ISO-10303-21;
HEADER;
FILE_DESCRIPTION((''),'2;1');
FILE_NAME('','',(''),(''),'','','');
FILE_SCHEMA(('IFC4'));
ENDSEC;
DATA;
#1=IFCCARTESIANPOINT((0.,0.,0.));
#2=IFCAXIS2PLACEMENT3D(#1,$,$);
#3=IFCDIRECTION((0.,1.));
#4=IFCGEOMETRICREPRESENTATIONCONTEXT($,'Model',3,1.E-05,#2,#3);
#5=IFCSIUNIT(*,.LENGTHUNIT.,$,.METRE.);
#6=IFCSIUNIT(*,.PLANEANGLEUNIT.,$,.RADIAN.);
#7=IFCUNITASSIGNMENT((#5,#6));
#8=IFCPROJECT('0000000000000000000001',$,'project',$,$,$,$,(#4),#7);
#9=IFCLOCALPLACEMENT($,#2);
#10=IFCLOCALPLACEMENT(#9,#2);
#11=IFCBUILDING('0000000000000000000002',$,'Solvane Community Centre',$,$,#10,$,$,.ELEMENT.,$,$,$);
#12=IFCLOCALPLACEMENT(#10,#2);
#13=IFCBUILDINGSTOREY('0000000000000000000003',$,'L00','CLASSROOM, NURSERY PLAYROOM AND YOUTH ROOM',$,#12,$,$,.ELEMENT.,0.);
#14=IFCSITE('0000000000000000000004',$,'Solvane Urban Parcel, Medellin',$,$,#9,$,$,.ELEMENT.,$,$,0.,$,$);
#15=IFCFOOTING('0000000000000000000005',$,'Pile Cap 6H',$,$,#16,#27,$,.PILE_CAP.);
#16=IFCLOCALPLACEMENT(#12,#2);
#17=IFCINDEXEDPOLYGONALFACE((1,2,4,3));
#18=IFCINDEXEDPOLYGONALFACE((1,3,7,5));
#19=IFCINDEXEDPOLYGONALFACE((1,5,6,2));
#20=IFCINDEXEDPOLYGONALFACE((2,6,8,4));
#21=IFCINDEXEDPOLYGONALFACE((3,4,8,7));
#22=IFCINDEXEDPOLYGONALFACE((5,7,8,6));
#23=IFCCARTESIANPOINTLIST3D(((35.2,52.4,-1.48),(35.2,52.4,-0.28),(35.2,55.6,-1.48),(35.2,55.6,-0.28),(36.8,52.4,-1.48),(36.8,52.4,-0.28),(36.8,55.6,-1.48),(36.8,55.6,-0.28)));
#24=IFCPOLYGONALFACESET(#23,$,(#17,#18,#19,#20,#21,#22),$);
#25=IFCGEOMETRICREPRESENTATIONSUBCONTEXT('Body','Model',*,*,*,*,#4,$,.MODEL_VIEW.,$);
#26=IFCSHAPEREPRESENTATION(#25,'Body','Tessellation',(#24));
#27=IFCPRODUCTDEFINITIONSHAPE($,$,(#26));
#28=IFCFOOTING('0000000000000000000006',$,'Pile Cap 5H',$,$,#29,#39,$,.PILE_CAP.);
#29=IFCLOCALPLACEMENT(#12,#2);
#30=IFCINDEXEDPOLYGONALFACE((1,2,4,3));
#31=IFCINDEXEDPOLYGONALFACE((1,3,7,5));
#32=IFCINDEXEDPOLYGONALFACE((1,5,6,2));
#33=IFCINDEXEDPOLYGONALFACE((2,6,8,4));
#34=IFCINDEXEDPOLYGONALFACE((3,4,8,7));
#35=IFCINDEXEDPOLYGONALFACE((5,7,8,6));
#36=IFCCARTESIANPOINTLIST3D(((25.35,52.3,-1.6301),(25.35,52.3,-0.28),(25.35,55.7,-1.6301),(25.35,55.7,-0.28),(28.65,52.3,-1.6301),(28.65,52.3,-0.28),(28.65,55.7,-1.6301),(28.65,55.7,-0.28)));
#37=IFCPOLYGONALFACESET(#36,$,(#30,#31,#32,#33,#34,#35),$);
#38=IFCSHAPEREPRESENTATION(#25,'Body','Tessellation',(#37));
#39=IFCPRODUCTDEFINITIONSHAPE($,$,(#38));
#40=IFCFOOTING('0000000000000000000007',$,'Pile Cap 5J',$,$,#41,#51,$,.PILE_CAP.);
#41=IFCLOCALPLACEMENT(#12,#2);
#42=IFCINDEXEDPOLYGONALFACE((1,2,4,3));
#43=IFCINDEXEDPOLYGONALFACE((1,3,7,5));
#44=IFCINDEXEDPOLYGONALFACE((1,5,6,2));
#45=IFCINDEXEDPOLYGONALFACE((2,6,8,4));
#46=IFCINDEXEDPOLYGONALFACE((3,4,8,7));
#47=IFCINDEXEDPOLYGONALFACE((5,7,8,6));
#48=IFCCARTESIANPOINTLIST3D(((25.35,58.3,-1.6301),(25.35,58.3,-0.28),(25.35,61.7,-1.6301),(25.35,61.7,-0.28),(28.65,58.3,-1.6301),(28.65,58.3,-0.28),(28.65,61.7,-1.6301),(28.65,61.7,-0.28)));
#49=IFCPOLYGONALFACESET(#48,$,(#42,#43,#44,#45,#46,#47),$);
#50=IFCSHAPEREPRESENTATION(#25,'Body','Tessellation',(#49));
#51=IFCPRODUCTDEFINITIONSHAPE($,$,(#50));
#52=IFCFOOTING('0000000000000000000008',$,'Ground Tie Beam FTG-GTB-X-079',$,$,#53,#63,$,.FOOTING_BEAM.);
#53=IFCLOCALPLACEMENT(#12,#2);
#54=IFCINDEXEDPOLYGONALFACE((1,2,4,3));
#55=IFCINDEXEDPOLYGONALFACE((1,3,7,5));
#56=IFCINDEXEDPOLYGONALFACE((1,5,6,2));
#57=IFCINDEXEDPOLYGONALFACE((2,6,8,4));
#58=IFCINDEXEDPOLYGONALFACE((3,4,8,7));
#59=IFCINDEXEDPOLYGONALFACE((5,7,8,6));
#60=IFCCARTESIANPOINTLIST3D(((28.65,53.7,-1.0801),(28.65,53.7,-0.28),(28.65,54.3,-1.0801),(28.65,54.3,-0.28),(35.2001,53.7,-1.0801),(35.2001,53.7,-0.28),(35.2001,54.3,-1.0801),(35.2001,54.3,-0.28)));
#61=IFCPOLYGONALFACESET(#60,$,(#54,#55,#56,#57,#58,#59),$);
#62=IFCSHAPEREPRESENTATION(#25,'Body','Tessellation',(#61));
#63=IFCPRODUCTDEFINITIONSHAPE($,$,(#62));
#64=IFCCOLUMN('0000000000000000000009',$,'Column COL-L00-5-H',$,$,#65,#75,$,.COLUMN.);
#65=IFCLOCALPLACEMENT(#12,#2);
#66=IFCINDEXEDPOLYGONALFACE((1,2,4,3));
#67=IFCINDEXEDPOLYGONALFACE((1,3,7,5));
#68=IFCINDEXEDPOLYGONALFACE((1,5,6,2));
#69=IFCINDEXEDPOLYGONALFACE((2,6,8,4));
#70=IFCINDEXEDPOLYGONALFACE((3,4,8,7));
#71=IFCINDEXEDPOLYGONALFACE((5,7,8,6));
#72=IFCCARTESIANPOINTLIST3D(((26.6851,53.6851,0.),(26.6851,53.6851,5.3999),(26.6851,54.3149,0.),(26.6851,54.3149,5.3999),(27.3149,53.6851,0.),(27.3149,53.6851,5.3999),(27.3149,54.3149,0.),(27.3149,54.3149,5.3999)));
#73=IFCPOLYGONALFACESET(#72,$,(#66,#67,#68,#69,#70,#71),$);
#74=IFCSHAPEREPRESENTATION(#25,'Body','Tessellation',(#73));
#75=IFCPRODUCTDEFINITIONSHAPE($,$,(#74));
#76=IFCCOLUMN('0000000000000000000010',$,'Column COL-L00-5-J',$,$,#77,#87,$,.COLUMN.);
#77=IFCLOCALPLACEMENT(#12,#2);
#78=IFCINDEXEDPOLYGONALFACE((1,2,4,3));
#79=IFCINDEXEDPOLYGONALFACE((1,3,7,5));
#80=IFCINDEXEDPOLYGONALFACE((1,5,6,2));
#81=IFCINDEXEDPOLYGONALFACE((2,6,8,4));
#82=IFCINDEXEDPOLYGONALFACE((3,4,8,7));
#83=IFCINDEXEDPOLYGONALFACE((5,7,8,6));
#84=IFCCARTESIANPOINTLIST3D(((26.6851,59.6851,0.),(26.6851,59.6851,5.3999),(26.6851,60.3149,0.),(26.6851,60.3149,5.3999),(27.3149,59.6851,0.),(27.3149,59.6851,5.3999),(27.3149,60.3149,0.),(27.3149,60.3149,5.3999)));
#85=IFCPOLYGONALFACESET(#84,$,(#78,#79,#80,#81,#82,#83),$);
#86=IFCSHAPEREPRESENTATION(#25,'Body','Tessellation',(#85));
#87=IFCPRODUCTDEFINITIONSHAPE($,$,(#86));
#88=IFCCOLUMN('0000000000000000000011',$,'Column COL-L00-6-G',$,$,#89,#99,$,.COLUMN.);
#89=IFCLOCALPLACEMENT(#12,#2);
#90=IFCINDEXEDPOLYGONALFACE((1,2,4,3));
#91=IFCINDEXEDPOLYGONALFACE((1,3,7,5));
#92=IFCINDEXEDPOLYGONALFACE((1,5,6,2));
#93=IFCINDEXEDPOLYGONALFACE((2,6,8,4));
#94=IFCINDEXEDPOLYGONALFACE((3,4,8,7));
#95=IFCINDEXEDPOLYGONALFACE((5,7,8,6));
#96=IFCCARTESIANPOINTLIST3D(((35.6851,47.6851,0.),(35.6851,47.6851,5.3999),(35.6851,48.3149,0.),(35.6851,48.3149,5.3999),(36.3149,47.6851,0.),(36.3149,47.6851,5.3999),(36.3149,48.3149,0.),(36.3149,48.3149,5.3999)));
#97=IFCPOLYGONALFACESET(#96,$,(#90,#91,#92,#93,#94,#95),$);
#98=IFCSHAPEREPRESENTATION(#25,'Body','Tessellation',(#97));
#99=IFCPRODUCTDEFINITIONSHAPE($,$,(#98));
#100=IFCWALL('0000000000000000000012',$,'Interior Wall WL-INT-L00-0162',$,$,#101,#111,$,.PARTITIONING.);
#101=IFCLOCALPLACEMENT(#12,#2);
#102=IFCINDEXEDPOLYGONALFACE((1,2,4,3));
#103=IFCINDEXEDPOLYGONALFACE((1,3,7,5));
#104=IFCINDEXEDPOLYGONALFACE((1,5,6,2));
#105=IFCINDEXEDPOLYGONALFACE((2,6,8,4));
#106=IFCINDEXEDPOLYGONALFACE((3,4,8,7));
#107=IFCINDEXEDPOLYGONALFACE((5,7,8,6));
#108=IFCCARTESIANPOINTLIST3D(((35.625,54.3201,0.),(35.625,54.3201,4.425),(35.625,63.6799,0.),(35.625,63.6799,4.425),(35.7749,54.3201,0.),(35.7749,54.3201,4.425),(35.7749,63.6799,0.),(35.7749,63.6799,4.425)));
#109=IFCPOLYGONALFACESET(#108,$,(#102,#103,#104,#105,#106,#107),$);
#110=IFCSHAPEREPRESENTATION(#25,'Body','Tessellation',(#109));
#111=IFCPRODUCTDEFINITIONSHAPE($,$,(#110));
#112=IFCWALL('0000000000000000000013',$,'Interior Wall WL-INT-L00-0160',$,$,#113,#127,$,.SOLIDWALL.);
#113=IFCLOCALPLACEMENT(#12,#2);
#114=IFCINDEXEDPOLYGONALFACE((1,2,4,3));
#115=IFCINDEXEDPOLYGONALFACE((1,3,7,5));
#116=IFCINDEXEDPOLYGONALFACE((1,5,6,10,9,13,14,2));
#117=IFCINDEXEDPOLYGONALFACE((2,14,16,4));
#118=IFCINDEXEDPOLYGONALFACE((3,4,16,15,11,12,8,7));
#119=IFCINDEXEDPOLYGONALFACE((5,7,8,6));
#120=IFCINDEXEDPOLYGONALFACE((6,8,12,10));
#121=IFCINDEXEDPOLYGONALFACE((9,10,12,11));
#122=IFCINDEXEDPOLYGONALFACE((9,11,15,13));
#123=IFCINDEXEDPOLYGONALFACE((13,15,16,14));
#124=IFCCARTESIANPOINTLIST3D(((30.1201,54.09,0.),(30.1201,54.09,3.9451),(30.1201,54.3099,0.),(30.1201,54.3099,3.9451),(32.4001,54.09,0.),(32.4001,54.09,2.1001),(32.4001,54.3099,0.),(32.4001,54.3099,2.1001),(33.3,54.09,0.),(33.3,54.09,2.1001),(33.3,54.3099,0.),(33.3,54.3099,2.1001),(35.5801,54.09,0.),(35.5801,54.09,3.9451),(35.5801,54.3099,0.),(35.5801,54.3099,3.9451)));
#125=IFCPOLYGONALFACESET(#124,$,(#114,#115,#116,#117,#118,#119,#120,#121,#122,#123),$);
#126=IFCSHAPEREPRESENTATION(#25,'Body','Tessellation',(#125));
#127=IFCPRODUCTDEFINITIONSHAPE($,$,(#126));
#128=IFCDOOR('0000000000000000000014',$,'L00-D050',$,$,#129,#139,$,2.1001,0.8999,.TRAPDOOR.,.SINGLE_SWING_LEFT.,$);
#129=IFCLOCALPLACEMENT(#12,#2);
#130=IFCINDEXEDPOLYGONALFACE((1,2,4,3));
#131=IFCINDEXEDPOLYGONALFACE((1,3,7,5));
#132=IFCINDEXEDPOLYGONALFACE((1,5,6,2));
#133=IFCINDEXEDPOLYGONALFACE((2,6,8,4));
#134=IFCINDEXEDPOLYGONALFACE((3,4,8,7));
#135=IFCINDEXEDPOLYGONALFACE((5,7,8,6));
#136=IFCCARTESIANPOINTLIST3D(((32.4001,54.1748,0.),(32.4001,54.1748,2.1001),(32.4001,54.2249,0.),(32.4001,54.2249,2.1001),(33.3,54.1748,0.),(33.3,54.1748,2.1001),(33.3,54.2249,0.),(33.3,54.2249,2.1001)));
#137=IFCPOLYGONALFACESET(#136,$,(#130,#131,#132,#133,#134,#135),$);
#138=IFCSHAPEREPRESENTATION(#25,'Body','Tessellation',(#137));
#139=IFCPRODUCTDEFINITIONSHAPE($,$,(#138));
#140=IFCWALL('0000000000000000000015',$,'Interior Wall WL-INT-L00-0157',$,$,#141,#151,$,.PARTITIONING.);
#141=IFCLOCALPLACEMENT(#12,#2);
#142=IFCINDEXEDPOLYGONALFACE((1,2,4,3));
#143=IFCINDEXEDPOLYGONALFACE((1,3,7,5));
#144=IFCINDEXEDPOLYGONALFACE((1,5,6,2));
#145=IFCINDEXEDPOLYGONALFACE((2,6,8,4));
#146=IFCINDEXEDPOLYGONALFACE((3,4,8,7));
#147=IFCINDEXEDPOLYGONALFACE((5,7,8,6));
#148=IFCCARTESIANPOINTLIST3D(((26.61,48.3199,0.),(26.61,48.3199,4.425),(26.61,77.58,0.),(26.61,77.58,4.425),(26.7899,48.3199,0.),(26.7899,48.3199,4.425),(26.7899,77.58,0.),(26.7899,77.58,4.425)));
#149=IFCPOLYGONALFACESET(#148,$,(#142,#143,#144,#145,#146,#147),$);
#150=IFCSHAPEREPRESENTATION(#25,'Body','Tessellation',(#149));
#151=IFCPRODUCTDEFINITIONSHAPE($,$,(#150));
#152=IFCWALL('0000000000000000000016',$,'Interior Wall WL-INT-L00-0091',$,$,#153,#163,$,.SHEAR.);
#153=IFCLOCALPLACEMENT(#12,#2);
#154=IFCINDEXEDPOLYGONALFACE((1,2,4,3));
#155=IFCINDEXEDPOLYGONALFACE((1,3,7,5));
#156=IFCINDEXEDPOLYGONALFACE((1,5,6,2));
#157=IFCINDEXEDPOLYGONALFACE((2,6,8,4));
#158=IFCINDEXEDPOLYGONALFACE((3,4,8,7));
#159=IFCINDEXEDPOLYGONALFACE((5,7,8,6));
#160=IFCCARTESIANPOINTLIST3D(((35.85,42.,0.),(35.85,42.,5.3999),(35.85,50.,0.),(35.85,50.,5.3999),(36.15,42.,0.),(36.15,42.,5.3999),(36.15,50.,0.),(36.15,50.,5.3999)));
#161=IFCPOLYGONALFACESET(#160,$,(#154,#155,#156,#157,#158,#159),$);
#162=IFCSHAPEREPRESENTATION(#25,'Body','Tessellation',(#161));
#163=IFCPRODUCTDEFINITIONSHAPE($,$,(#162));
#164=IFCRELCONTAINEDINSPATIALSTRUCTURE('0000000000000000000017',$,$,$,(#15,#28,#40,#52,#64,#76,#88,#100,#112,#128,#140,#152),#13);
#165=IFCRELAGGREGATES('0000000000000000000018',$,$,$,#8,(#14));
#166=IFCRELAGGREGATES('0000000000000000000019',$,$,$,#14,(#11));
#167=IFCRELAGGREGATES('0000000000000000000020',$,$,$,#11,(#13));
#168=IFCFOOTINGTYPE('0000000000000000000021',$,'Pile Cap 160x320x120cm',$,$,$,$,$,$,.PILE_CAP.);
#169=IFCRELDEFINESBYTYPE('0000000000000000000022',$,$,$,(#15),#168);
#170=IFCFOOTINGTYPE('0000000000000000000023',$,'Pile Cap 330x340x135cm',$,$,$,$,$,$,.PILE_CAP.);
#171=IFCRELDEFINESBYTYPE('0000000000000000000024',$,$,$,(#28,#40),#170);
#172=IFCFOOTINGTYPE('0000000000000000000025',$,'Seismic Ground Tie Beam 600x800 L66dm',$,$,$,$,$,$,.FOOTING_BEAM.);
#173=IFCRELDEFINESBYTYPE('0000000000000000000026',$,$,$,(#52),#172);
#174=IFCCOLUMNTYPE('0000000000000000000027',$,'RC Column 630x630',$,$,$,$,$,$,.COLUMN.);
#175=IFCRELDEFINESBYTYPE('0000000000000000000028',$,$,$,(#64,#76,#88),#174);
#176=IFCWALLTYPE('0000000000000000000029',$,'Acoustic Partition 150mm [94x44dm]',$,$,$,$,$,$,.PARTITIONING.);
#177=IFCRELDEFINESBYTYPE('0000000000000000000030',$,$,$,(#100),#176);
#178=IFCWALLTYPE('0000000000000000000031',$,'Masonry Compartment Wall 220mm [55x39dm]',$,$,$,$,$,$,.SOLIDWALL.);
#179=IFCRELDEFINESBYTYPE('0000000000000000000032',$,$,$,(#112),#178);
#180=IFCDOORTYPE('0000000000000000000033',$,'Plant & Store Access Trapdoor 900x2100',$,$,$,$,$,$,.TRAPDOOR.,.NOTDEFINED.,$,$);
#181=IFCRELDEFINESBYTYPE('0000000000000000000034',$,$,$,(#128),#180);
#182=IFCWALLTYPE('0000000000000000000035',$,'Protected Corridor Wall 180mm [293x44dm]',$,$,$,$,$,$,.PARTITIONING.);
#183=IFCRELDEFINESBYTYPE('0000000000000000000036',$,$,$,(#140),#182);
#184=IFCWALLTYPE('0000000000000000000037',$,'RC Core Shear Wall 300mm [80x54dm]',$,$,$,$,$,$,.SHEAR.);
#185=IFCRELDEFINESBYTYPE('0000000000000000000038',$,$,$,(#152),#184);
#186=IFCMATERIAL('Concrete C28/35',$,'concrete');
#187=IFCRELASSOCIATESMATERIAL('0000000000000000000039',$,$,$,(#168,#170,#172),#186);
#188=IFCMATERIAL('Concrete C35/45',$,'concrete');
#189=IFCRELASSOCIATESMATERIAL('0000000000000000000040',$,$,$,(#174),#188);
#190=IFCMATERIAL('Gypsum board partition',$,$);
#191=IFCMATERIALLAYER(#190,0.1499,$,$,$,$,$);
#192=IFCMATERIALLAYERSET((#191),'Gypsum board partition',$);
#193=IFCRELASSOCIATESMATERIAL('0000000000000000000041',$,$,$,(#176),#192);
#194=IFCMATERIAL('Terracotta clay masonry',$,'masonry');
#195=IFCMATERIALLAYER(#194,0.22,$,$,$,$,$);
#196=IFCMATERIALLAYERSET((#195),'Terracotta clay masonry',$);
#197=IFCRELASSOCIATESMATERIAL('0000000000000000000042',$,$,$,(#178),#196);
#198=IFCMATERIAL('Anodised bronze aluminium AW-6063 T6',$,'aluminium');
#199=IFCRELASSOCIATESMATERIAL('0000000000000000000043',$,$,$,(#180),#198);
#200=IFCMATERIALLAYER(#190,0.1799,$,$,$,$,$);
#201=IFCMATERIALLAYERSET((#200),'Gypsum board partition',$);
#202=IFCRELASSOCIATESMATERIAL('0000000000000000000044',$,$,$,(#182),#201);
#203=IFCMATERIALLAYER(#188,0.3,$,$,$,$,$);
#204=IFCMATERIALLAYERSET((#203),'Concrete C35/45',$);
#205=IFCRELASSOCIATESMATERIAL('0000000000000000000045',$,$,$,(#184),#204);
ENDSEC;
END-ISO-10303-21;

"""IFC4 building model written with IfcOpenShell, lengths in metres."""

from ifc_helpers import new_model, si_unit, direction, frame, frame_2d, origin, origin_2d, place, context, subcontext, project, spatial, rectangle, extrude, material, layer, layer_set, material_profile, profile_set, type_object, element, fill, save


model = new_model("IFC4")

# Units and contexts
model_context = context("Model", 3, precision=1e-05, world=origin(), true_north=direction((0.0, 1.0)))
body_context = subcontext(model_context, "Body", "Model", "MODEL_VIEW")
ifc_project = project(units=[si_unit("LENGTHUNIT", "METRE"), si_unit("PLANEANGLEUNIT", "RADIAN")], contexts=[model_context])

# Site, building, storey
site_placement = place(None, origin())
site = spatial("IfcSite", under=ifc_project, at=site_placement, Name="Solvane Urban Parcel, Medellin", CompositionType="ELEMENT", RefElevation=0.0)
building_placement = place(site_placement, origin())
building = spatial("IfcBuilding", under=site, at=building_placement, Name="Solvane Community Centre", CompositionType="ELEMENT")
storey_placement = place(building_placement, origin())
storey = spatial("IfcBuildingStorey", under=building, at=storey_placement, Name="L00", Description="CLASSROOM, NURSERY PLAYROOM AND YOUTH ROOM", CompositionType="ELEMENT", Elevation=0.0)

# Shared definitions
ifc_material_1 = material(Name="Concrete C28/35", Category="concrete")

# Footings
footing_type_1 = type_object("IfcFootingType", Name="Pile Cap 160x320x120cm", PredefinedType="PILE_CAP", material=ifc_material_1)
footing_1_placement = place(storey_placement, frame((36.0, 54.0, -1.48), z_axis=(0.0, 0.0, 1.0), x_axis=(1.0, 0.0, 0.0)))
element("IfcFooting", 1, at=footing_1_placement, inside=storey, type_object=footing_type_1, Name="Pile Cap 6H", PredefinedType="PILE_CAP", context=body_context, shape_type="SweptSolid", body=[
    extrude(rectangle(XDim=1.6001, YDim=3.2, at=origin_2d()), origin(), (0.0, 0.0, 1.0), 1.2),
])
footing_type_2 = type_object("IfcFootingType", Name="Pile Cap 330x340x135cm", PredefinedType="PILE_CAP", material=ifc_material_1)
for number, where, z_axis, x_axis, name in (
    (2, (27.0, 54.0, -1.6301), (0.0, 0.0, 1.0), (1.0, 0.0, 0.0), "Pile Cap 5H"),
    (3, (27.0, 60.0, -1.6301), (0.0, 0.0, 1.0), (1.0, 0.0, 0.0), "Pile Cap 5J"),
):
    element("IfcFooting", number, at=place(storey_placement, frame(where, z_axis=z_axis, x_axis=x_axis)), inside=storey, type_object=footing_type_2, Name=name, PredefinedType="PILE_CAP", context=body_context, shape_type="SweptSolid", body=[
        extrude(rectangle(XDim=3.3, YDim=3.3999, at=origin_2d()), origin(), (0.0, 0.0, 1.0), 1.3501),
    ])
footing_type_3 = type_object("IfcFootingType", Name="Seismic Ground Tie Beam 600x800 L66dm", PredefinedType="FOOTING_BEAM", material=ifc_material_1)
footing_2_placement = place(storey_placement, frame((31.925, 54.0, -1.0801), z_axis=(0.0, 0.0, 1.0), x_axis=(1.0, 0.0, 0.0)))
element("IfcFooting", 4, at=footing_2_placement, inside=storey, type_object=footing_type_3, Name="Ground Tie Beam FTG-GTB-X-079", PredefinedType="FOOTING_BEAM", context=body_context, shape_type="SweptSolid", body=[
    extrude(rectangle(XDim=6.55, YDim=0.6001, at=origin_2d()), origin(), (0.0, 0.0, 1.0), 0.8),
])

# Columns
ifc_material_2 = material(Name="Concrete C35/45", Category="concrete")
ifc_material_profile_1 = material_profile(ifc_material_2, rectangle(XDim=0.6299, YDim=0.6299, at=origin_2d()), Name="RC 630x630")
ifc_profile_set_1 = profile_set([ifc_material_profile_1], Name="Concrete C35/45")
column_type = type_object("IfcColumnType", Name="RC Column 630x630", PredefinedType="COLUMN", material=ifc_profile_set_1)
for number, where, z_axis, x_axis, name in (
    (5, (27.0, 54.0, 0.0), (0.0, 0.0, 1.0), (1.0, 0.0, 0.0), "Column COL-L00-5-H"),
    (6, (27.0, 60.0, 0.0), (0.0, 0.0, 1.0), (1.0, 0.0, 0.0), "Column COL-L00-5-J"),
    (7, (36.0, 48.0, 0.0), (0.0, 0.0, 1.0), (1.0, 0.0, 0.0), "Column COL-L00-6-G"),
):
    element("IfcColumn", number, at=place(storey_placement, frame(where, z_axis=z_axis, x_axis=x_axis)), inside=storey, type_object=column_type, Name=name, PredefinedType="COLUMN", context=body_context, shape_type="SweptSolid", body=[
        extrude(rectangle(XDim=0.6299, YDim=0.6299, at=origin_2d()), origin(), (0.0, 0.0, 1.0), 5.3999),
    ])

# Wall
ifc_material_3 = material(Name="Gypsum board partition")
ifc_layer_1 = layer(ifc_material_3, 0.1499)
ifc_layer_set_1 = layer_set([ifc_layer_1], Name="Gypsum board partition")
wall_type_1 = type_object("IfcWallType", Name="Acoustic Partition 150mm [94x44dm]", PredefinedType="PARTITIONING", material=ifc_layer_set_1)
wall_1_placement = place(storey_placement, frame((35.7, 54.3201, 0.0), z_axis=(0.0, 0.0, 1.0), x_axis=(0.0, 1.0, 0.0)))
element("IfcWall", 8, at=wall_1_placement, inside=storey, type_object=wall_type_1, Name="Interior Wall WL-INT-L00-0162", PredefinedType="PARTITIONING", context=body_context, shape_type="SweptSolid", body=[
    extrude(rectangle(XDim=9.3599, YDim=0.1499, at=frame_2d((4.6799, 0.0))), origin(), (0.0, 0.0, 1.0), 4.425),
])

# Wall, opening, door
ifc_material_4 = material(Name="Terracotta clay masonry", Category="masonry")
ifc_layer_2 = layer(ifc_material_4, 0.22)
ifc_layer_set_2 = layer_set([ifc_layer_2], Name="Terracotta clay masonry")
wall_type_2 = type_object("IfcWallType", Name="Masonry Compartment Wall 220mm [55x39dm]", PredefinedType="SOLIDWALL", material=ifc_layer_set_2)
wall_2_placement = place(storey_placement, frame((30.1201, 54.2, 0.0), z_axis=(0.0, 0.0, 1.0), x_axis=(1.0, 0.0, 0.0)))
wall_2 = element("IfcWall", 9, at=wall_2_placement, inside=storey, type_object=wall_type_2, Name="Interior Wall WL-INT-L00-0160", PredefinedType="SOLIDWALL", context=body_context, shape_type="SweptSolid", body=[
    extrude(rectangle(XDim=5.46, YDim=0.22, at=frame_2d((2.73, 0.0))), origin(), (0.0, 0.0, 1.0), 3.9451),
])
opening_1_placement = place(wall_2_placement, frame((2.28, 0.0, 0.0)))
opening_1 = element("IfcOpeningElement", 10, at=opening_1_placement, cuts=wall_2, PredefinedType="OPENING", context=body_context, shape_type="SweptSolid", body=[
    extrude(rectangle(XDim=0.8999, YDim=2.1001, at=frame_2d((0.45, 1.05))), frame((0.0, 0.1199, 0.0), z_axis=(0.0, -1.0, 0.0), x_axis=(1.0, 0.0, 0.0)), (0.0, 0.0, 1.0), 0.24),
])
ifc_material_5 = material(Name="Anodised bronze aluminium AW-6063 T6", Category="aluminium")
door_type_1 = type_object("IfcDoorType", Name="Plant & Store Access Trapdoor 900x2100", OperationType="NOTDEFINED", PredefinedType="TRAPDOOR", material=ifc_material_5)
door_1_placement = place(opening_1_placement, origin())
door_1 = element("IfcDoor", 11, at=door_1_placement, inside=storey, type_object=door_type_1, Name="L00-D050", OperationType="SINGLE_SWING_LEFT", OverallHeight=2.1001, OverallWidth=0.8999, PredefinedType="TRAPDOOR", context=body_context, shape_type="SweptSolid", body=[
    extrude(rectangle(XDim=0.8999, YDim=2.1001, at=frame_2d((0.45, 1.05))), frame((0.0, 0.0249, 0.0), z_axis=(0.0, -1.0, 0.0), x_axis=(1.0, 0.0, 0.0)), (0.0, 0.0, 1.0), 0.05),
])
fill(opening_1, door_1)

# Walls
ifc_layer_3 = layer(ifc_material_3, 0.1799)
ifc_layer_set_3 = layer_set([ifc_layer_3], Name="Gypsum board partition")
wall_type_3 = type_object("IfcWallType", Name="Protected Corridor Wall 180mm [293x44dm]", PredefinedType="PARTITIONING", material=ifc_layer_set_3)
wall_3_placement = place(storey_placement, frame((26.7, 48.3201, 0.0), z_axis=(0.0, 0.0, 1.0), x_axis=(0.0, 1.0, 0.0)))
element("IfcWall", 12, at=wall_3_placement, inside=storey, type_object=wall_type_3, Name="Interior Wall WL-INT-L00-0157", PredefinedType="PARTITIONING", context=body_context, shape_type="SweptSolid", body=[
    extrude(rectangle(XDim=29.26, YDim=0.1799, at=frame_2d((14.6299, 0.0))), origin(), (0.0, 0.0, 1.0), 4.425),
])
ifc_layer_4 = layer(ifc_material_2, 0.3)
ifc_layer_set_4 = layer_set([ifc_layer_4], Name="Concrete C35/45")
wall_type_4 = type_object("IfcWallType", Name="RC Core Shear Wall 300mm [80x54dm]", PredefinedType="SHEAR", material=ifc_layer_set_4)
wall_4_placement = place(storey_placement, frame((36.0, 50.0, 0.0), z_axis=(0.0, 0.0, 1.0), x_axis=(0.0, -1.0, 0.0)))
element("IfcWall", 13, at=wall_4_placement, inside=storey, type_object=wall_type_4, Name="Interior Wall WL-INT-L00-0091", PredefinedType="SHEAR", context=body_context, shape_type="SweptSolid", body=[
    extrude(rectangle(XDim=8.0, YDim=0.3, at=frame_2d((4.0, 0.0))), origin(), (0.0, 0.0, 1.0), 5.3999),
])

save(model, "model.ifc")
